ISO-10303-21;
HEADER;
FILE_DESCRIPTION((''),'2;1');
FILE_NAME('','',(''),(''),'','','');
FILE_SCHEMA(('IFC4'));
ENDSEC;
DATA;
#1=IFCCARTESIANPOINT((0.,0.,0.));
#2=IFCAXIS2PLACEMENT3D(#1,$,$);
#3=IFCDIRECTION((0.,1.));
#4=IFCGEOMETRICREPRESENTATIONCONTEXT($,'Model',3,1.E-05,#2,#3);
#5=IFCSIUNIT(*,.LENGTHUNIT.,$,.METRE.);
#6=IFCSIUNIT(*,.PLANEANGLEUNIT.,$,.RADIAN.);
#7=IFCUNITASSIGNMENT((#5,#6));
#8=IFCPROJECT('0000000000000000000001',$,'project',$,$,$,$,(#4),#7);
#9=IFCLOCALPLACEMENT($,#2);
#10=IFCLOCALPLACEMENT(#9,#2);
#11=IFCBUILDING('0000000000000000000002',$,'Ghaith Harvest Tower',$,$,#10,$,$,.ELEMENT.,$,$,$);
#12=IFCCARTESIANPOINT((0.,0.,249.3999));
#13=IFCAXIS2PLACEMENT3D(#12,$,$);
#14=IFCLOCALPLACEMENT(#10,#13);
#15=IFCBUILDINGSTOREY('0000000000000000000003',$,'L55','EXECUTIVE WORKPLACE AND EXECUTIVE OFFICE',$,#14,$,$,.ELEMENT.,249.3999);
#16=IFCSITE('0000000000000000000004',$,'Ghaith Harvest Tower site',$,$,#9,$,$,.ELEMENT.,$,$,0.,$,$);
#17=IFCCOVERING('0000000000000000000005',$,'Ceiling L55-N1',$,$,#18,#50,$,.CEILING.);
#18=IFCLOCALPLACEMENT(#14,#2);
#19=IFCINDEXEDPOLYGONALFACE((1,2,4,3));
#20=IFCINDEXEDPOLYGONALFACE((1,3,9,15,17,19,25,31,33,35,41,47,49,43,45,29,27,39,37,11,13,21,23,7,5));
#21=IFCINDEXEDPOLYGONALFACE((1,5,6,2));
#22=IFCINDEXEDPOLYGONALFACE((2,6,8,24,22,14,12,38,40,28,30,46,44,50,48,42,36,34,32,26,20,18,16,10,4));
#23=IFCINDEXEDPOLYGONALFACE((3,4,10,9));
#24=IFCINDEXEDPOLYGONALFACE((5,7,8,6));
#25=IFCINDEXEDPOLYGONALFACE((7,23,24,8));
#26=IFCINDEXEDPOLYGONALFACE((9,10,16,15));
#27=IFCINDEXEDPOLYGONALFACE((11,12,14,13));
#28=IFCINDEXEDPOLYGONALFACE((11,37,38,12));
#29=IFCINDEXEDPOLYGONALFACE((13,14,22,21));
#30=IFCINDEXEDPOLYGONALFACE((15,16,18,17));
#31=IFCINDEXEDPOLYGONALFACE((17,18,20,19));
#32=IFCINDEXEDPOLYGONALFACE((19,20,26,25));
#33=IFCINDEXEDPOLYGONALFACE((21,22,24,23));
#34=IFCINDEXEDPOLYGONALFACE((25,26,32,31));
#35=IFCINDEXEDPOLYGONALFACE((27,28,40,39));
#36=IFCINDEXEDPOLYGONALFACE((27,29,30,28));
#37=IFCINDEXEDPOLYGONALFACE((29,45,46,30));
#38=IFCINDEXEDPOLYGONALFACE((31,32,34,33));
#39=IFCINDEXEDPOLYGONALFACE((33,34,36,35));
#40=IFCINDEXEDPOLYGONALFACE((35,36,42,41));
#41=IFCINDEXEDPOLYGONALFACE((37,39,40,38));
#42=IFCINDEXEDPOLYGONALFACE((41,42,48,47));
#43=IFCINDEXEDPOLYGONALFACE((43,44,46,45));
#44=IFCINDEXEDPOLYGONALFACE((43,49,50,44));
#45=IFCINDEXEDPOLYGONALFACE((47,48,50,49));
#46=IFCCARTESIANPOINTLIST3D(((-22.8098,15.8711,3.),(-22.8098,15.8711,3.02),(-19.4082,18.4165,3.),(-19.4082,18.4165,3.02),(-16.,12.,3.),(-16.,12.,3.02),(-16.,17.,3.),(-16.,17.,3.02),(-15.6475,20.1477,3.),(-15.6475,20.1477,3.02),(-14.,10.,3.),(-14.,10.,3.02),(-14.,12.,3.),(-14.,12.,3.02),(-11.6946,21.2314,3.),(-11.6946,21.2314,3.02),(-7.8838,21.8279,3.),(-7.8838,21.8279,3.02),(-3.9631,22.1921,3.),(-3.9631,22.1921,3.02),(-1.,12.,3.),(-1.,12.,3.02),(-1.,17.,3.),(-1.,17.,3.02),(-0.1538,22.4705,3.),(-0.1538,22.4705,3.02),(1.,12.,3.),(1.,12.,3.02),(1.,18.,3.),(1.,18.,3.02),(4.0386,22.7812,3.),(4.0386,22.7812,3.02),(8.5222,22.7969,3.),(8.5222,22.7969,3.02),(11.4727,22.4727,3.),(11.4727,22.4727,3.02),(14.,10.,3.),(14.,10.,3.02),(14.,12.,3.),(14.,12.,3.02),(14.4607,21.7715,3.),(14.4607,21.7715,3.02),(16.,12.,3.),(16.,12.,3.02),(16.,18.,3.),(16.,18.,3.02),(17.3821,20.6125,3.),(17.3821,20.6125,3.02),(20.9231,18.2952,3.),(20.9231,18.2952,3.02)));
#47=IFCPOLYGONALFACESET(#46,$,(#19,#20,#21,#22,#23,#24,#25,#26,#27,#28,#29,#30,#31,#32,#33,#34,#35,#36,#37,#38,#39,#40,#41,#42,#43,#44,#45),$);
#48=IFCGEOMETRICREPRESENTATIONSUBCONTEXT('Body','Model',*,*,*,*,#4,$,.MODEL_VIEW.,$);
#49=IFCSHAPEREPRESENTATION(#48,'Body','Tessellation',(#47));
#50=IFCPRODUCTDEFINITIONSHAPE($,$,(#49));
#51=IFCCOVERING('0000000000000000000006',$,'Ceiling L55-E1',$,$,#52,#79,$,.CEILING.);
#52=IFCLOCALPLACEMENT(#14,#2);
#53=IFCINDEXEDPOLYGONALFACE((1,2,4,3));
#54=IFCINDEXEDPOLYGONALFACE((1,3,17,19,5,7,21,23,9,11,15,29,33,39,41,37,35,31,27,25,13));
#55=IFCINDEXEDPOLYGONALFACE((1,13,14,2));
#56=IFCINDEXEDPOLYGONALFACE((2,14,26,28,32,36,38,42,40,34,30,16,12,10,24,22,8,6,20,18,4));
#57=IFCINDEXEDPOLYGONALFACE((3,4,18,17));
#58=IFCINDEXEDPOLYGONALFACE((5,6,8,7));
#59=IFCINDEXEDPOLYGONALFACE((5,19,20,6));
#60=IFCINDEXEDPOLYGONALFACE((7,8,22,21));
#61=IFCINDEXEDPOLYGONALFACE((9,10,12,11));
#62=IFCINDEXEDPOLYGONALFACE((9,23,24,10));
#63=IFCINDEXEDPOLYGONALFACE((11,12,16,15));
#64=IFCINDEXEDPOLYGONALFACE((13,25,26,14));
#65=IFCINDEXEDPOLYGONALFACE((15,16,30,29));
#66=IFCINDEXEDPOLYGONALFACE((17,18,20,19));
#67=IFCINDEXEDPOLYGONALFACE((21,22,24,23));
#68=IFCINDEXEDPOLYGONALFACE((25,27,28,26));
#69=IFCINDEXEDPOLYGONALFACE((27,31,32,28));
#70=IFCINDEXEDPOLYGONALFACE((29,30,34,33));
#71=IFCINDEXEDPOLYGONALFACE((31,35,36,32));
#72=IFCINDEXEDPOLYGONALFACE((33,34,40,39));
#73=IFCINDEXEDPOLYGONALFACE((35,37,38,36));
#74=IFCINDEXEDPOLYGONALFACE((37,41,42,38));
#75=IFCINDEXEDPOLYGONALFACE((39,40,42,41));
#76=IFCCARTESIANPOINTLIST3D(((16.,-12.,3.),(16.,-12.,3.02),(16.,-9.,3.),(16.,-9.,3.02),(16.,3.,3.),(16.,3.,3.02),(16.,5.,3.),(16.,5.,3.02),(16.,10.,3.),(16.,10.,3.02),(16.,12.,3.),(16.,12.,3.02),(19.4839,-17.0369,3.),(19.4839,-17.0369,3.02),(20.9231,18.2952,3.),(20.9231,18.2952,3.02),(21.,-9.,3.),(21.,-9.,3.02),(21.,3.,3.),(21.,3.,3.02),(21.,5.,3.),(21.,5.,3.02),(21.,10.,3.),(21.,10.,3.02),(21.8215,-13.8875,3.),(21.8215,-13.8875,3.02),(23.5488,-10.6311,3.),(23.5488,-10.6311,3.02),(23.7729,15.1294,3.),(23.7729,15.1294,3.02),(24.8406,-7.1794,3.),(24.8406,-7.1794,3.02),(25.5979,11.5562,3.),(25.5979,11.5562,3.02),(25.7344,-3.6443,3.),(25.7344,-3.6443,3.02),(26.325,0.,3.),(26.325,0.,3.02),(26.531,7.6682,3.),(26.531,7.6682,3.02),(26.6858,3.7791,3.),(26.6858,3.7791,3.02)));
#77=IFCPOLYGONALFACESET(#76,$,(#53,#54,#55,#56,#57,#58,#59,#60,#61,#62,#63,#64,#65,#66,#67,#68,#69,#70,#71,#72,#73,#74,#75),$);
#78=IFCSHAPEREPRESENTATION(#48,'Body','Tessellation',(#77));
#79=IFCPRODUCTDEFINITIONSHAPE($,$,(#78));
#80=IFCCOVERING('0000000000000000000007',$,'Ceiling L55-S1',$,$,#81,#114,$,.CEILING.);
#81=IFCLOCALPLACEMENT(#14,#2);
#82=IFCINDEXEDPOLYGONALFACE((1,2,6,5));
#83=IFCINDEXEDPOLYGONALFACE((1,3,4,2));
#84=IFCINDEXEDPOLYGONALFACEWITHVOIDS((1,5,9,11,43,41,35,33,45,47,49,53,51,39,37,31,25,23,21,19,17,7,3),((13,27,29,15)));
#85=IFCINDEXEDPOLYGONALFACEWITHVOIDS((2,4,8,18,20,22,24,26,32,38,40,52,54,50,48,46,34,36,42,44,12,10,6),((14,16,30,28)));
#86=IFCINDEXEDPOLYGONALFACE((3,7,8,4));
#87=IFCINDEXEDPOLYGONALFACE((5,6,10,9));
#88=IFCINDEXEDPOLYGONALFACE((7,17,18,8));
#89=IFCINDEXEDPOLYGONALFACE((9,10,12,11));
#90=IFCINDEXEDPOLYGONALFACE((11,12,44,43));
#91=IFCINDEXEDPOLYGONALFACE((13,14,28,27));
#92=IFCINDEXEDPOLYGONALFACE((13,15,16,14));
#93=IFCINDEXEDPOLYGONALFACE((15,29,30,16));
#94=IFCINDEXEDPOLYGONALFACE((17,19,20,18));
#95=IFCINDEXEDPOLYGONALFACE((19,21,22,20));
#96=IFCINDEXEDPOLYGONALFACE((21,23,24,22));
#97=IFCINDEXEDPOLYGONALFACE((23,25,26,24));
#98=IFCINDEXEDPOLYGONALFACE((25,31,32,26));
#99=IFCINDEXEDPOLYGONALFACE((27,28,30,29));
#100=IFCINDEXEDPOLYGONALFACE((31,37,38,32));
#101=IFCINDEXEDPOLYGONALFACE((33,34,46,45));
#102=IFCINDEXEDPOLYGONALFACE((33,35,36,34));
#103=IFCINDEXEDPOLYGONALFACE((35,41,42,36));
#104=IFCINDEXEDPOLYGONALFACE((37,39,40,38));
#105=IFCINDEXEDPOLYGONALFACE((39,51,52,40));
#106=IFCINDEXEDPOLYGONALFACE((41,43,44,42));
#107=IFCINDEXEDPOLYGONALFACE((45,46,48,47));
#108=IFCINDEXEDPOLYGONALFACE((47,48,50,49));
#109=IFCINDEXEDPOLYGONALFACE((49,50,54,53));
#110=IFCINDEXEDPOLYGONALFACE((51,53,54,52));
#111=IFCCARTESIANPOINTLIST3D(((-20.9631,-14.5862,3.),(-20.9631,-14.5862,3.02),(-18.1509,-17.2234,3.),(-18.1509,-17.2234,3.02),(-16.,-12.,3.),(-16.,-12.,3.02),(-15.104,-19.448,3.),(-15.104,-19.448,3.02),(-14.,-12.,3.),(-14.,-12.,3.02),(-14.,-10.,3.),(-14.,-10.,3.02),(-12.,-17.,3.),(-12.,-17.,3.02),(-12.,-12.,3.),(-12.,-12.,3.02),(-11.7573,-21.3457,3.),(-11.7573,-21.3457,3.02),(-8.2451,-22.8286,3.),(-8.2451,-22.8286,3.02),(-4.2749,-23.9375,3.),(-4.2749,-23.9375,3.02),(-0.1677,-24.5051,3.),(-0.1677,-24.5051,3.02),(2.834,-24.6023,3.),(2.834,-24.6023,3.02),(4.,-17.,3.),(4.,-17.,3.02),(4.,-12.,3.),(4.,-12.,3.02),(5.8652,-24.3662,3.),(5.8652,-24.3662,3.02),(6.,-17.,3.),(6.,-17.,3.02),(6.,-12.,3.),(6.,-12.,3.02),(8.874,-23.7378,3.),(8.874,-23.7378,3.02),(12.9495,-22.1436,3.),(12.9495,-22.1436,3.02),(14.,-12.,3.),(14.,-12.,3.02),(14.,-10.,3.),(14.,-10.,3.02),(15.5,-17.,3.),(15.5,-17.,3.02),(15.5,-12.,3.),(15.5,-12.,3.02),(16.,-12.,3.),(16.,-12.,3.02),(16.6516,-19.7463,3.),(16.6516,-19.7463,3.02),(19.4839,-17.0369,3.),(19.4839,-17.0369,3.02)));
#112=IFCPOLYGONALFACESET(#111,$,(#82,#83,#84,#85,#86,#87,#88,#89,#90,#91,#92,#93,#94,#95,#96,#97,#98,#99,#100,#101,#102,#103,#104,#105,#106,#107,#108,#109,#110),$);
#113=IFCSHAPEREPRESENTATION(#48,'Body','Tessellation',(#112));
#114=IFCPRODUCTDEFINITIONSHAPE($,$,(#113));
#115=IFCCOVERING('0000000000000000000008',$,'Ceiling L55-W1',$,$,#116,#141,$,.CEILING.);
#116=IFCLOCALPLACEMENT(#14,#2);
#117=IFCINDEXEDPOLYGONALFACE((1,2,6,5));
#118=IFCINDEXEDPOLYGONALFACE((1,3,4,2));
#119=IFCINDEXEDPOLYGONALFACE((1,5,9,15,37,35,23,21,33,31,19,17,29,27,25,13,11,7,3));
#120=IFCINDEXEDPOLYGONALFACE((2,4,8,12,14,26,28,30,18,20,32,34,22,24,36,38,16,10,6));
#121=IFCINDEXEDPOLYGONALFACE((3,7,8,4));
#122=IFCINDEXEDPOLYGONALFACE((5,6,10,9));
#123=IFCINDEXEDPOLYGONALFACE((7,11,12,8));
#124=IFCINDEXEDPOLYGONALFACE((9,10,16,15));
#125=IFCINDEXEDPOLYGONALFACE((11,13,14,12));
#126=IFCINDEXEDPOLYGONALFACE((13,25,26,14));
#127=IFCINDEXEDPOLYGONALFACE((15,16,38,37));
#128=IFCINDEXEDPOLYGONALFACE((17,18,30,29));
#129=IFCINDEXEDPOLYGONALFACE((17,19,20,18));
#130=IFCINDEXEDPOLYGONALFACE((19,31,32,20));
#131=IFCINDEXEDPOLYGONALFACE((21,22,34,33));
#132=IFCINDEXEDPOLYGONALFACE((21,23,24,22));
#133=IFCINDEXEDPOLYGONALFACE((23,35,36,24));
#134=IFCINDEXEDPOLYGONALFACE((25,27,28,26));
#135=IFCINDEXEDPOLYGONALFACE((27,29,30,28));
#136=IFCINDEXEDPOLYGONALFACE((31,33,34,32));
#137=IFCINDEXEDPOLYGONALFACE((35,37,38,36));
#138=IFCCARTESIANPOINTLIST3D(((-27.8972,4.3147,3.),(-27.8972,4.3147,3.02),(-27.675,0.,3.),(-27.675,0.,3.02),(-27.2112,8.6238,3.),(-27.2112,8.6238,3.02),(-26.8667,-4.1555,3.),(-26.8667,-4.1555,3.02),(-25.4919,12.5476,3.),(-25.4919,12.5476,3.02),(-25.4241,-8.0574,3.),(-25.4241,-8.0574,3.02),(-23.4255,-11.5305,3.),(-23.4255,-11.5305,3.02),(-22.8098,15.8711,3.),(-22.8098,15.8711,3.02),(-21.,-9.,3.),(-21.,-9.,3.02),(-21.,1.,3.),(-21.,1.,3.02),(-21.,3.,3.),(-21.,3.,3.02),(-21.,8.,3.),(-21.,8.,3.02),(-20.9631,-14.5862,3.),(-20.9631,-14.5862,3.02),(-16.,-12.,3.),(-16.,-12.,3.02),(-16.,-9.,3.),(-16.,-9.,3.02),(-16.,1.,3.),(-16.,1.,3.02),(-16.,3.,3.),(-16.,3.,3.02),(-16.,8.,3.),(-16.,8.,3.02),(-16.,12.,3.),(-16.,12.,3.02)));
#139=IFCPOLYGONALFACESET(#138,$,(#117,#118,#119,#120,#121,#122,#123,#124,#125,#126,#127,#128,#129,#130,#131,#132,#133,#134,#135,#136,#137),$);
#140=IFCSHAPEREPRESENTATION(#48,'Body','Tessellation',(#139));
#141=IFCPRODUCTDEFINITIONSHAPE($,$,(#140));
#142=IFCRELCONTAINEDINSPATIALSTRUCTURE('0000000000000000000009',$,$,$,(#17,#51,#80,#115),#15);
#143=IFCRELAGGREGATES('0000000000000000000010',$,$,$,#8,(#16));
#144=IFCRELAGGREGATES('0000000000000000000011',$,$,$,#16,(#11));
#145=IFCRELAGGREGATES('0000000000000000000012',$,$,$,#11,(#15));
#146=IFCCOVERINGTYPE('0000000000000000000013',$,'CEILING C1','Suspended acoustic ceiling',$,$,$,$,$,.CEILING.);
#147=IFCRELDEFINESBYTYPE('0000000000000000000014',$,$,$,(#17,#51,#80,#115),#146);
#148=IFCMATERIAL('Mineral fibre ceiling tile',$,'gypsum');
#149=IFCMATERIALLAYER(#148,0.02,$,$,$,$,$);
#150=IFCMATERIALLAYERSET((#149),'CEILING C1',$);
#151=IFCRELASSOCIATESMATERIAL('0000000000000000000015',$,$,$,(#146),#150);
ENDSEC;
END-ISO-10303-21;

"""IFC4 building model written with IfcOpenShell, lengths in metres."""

from ifc_helpers import new_model, si_unit, direction, frame, origin, place, context, subcontext, project, spatial, polyline, outline, extrude, material, layer, layer_set, type_object, element, save


model = new_model("IFC4")

# Units and contexts
model_context = context("Model", 3, precision=1e-05, world=origin(), true_north=direction((0.0, 1.0)))
body_context = subcontext(model_context, "Body", "Model", "MODEL_VIEW")
ifc_project = project(units=[si_unit("LENGTHUNIT", "METRE"), si_unit("PLANEANGLEUNIT", "RADIAN")], contexts=[model_context])

# Site, building, storey
site_placement = place(None, origin())
site = spatial("IfcSite", under=ifc_project, at=site_placement, Name="Ghaith Harvest Tower site", CompositionType="ELEMENT", RefElevation=0.0)
building_placement = place(site_placement, origin())
building = spatial("IfcBuilding", under=site, at=building_placement, Name="Ghaith Harvest Tower", CompositionType="ELEMENT")
storey_placement = place(building_placement, frame((0.0, 0.0, 249.3999)))
storey = spatial("IfcBuildingStorey", under=building, at=storey_placement, Name="L55", Description="EXECUTIVE WORKPLACE AND EXECUTIVE OFFICE", CompositionType="ELEMENT", Elevation=249.3999)

# Coverings
ifc_material_1 = material(Name="Mineral fibre ceiling tile", Category="gypsum")
ifc_layer_1 = layer(ifc_material_1, 0.02)
ifc_layer_set_1 = layer_set([ifc_layer_1], Name="CEILING C1")
covering_type = type_object("IfcCoveringType", Name="CEILING C1", Description="Suspended acoustic ceiling", PredefinedType="CEILING", material=ifc_layer_set_1)
covering_1_placement = place(storey_placement, frame((0.0, 0.0, 3.0)))
element("IfcCovering", 1, at=covering_1_placement, inside=storey, type_object=covering_type, Name="Ceiling L55-N1", PredefinedType="CEILING", context=body_context, shape_type="SweptSolid", body=[
    extrude(outline(polyline([(-19.4082, 18.4165), (-15.6475, 20.1477), (-11.6946, 21.2314), (-7.8838, 21.8279), (-3.9631, 22.1921), (-0.1538, 22.4705), (4.0386, 22.7812), (8.5222, 22.7969), (11.4727, 22.4727), (14.4607, 21.7715), (17.3821, 20.6125), (20.9231, 18.2952), (16.0, 12.0), (16.0, 18.0), (1.0, 18.0), (1.0, 12.0), (14.0, 12.0), (14.0, 10.0), (-14.0, 10.0), (-14.0, 12.0), (-1.0, 12.0), (-1.0, 17.0), (-16.0, 17.0), (-16.0, 12.0), (-22.8098, 15.8711), (-19.4082, 18.4165)])), origin(), (0.0, 0.0, 1.0), 0.02),
])
covering_2_placement = place(storey_placement, frame((0.0, 0.0, 3.0)))
element("IfcCovering", 2, at=covering_2_placement, inside=storey, type_object=covering_type, Name="Ceiling L55-E1", PredefinedType="CEILING", context=body_context, shape_type="SweptSolid", body=[
    extrude(outline(polyline([(23.7729, 15.1294), (25.5979, 11.5562), (26.531, 7.6682), (26.6858, 3.7791), (26.325, 0.0), (25.7344, -3.6443), (24.8406, -7.1794), (23.5488, -10.6311), (21.8215, -13.8875), (19.4839, -17.0369), (16.0, -12.0), (16.0, -9.0), (21.0, -9.0), (21.0, 3.0), (16.0, 3.0), (16.0, 5.0), (21.0, 5.0), (21.0, 10.0), (16.0, 10.0), (16.0, 12.0), (20.9231, 18.2952), (23.7729, 15.1294)])), origin(), (0.0, 0.0, 1.0), 0.02),
])
covering_3_placement = place(storey_placement, frame((0.0, 0.0, 3.0)))
element("IfcCovering", 3, at=covering_3_placement, inside=storey, type_object=covering_type, Name="Ceiling L55-S1", PredefinedType="CEILING", context=body_context, shape_type="SweptSolid", body=[
    extrude(outline(polyline([(16.6516, -19.7463), (12.9495, -22.1436), (8.874, -23.7378), (5.8652, -24.3662), (2.834, -24.6023), (-0.1677, -24.5051), (-4.2749, -23.9375), (-8.2451, -22.8286), (-11.7573, -21.3457), (-15.104, -19.448), (-18.1509, -17.2234), (-20.9631, -14.5862), (-16.0, -12.0), (-14.0, -12.0), (-14.0, -10.0), (14.0, -10.0), (14.0, -12.0), (6.0, -12.0), (6.0, -17.0), (15.5, -17.0), (15.5, -12.0), (16.0, -12.0), (19.4839, -17.0369), (16.6516, -19.7463)]), holes=[polyline([(-12.0, -17.0), (4.0, -17.0), (4.0, -12.0), (-12.0, -12.0), (-12.0, -17.0)])]), origin(), (0.0, 0.0, 1.0), 0.02),
])
covering_4_placement = place(storey_placement, frame((0.0, 0.0, 3.0)))
element("IfcCovering", 4, at=covering_4_placement, inside=storey, type_object=covering_type, Name="Ceiling L55-W1", PredefinedType="CEILING", context=body_context, shape_type="SweptSolid", body=[
    extrude(outline(polyline([(-26.8667, -4.1555), (-27.675, 0.0), (-27.8972, 4.3147), (-27.2112, 8.6238), (-25.4919, 12.5476), (-22.8098, 15.8711), (-16.0, 12.0), (-16.0, 8.0), (-21.0, 8.0), (-21.0, 3.0), (-16.0, 3.0), (-16.0, 1.0), (-21.0, 1.0), (-21.0, -9.0), (-16.0, -9.0), (-16.0, -12.0), (-20.9631, -14.5862), (-23.4255, -11.5305), (-25.4241, -8.0574), (-26.8667, -4.1555)])), origin(), (0.0, 0.0, 1.0), 0.02),
])

save(model, "model.ifc")
